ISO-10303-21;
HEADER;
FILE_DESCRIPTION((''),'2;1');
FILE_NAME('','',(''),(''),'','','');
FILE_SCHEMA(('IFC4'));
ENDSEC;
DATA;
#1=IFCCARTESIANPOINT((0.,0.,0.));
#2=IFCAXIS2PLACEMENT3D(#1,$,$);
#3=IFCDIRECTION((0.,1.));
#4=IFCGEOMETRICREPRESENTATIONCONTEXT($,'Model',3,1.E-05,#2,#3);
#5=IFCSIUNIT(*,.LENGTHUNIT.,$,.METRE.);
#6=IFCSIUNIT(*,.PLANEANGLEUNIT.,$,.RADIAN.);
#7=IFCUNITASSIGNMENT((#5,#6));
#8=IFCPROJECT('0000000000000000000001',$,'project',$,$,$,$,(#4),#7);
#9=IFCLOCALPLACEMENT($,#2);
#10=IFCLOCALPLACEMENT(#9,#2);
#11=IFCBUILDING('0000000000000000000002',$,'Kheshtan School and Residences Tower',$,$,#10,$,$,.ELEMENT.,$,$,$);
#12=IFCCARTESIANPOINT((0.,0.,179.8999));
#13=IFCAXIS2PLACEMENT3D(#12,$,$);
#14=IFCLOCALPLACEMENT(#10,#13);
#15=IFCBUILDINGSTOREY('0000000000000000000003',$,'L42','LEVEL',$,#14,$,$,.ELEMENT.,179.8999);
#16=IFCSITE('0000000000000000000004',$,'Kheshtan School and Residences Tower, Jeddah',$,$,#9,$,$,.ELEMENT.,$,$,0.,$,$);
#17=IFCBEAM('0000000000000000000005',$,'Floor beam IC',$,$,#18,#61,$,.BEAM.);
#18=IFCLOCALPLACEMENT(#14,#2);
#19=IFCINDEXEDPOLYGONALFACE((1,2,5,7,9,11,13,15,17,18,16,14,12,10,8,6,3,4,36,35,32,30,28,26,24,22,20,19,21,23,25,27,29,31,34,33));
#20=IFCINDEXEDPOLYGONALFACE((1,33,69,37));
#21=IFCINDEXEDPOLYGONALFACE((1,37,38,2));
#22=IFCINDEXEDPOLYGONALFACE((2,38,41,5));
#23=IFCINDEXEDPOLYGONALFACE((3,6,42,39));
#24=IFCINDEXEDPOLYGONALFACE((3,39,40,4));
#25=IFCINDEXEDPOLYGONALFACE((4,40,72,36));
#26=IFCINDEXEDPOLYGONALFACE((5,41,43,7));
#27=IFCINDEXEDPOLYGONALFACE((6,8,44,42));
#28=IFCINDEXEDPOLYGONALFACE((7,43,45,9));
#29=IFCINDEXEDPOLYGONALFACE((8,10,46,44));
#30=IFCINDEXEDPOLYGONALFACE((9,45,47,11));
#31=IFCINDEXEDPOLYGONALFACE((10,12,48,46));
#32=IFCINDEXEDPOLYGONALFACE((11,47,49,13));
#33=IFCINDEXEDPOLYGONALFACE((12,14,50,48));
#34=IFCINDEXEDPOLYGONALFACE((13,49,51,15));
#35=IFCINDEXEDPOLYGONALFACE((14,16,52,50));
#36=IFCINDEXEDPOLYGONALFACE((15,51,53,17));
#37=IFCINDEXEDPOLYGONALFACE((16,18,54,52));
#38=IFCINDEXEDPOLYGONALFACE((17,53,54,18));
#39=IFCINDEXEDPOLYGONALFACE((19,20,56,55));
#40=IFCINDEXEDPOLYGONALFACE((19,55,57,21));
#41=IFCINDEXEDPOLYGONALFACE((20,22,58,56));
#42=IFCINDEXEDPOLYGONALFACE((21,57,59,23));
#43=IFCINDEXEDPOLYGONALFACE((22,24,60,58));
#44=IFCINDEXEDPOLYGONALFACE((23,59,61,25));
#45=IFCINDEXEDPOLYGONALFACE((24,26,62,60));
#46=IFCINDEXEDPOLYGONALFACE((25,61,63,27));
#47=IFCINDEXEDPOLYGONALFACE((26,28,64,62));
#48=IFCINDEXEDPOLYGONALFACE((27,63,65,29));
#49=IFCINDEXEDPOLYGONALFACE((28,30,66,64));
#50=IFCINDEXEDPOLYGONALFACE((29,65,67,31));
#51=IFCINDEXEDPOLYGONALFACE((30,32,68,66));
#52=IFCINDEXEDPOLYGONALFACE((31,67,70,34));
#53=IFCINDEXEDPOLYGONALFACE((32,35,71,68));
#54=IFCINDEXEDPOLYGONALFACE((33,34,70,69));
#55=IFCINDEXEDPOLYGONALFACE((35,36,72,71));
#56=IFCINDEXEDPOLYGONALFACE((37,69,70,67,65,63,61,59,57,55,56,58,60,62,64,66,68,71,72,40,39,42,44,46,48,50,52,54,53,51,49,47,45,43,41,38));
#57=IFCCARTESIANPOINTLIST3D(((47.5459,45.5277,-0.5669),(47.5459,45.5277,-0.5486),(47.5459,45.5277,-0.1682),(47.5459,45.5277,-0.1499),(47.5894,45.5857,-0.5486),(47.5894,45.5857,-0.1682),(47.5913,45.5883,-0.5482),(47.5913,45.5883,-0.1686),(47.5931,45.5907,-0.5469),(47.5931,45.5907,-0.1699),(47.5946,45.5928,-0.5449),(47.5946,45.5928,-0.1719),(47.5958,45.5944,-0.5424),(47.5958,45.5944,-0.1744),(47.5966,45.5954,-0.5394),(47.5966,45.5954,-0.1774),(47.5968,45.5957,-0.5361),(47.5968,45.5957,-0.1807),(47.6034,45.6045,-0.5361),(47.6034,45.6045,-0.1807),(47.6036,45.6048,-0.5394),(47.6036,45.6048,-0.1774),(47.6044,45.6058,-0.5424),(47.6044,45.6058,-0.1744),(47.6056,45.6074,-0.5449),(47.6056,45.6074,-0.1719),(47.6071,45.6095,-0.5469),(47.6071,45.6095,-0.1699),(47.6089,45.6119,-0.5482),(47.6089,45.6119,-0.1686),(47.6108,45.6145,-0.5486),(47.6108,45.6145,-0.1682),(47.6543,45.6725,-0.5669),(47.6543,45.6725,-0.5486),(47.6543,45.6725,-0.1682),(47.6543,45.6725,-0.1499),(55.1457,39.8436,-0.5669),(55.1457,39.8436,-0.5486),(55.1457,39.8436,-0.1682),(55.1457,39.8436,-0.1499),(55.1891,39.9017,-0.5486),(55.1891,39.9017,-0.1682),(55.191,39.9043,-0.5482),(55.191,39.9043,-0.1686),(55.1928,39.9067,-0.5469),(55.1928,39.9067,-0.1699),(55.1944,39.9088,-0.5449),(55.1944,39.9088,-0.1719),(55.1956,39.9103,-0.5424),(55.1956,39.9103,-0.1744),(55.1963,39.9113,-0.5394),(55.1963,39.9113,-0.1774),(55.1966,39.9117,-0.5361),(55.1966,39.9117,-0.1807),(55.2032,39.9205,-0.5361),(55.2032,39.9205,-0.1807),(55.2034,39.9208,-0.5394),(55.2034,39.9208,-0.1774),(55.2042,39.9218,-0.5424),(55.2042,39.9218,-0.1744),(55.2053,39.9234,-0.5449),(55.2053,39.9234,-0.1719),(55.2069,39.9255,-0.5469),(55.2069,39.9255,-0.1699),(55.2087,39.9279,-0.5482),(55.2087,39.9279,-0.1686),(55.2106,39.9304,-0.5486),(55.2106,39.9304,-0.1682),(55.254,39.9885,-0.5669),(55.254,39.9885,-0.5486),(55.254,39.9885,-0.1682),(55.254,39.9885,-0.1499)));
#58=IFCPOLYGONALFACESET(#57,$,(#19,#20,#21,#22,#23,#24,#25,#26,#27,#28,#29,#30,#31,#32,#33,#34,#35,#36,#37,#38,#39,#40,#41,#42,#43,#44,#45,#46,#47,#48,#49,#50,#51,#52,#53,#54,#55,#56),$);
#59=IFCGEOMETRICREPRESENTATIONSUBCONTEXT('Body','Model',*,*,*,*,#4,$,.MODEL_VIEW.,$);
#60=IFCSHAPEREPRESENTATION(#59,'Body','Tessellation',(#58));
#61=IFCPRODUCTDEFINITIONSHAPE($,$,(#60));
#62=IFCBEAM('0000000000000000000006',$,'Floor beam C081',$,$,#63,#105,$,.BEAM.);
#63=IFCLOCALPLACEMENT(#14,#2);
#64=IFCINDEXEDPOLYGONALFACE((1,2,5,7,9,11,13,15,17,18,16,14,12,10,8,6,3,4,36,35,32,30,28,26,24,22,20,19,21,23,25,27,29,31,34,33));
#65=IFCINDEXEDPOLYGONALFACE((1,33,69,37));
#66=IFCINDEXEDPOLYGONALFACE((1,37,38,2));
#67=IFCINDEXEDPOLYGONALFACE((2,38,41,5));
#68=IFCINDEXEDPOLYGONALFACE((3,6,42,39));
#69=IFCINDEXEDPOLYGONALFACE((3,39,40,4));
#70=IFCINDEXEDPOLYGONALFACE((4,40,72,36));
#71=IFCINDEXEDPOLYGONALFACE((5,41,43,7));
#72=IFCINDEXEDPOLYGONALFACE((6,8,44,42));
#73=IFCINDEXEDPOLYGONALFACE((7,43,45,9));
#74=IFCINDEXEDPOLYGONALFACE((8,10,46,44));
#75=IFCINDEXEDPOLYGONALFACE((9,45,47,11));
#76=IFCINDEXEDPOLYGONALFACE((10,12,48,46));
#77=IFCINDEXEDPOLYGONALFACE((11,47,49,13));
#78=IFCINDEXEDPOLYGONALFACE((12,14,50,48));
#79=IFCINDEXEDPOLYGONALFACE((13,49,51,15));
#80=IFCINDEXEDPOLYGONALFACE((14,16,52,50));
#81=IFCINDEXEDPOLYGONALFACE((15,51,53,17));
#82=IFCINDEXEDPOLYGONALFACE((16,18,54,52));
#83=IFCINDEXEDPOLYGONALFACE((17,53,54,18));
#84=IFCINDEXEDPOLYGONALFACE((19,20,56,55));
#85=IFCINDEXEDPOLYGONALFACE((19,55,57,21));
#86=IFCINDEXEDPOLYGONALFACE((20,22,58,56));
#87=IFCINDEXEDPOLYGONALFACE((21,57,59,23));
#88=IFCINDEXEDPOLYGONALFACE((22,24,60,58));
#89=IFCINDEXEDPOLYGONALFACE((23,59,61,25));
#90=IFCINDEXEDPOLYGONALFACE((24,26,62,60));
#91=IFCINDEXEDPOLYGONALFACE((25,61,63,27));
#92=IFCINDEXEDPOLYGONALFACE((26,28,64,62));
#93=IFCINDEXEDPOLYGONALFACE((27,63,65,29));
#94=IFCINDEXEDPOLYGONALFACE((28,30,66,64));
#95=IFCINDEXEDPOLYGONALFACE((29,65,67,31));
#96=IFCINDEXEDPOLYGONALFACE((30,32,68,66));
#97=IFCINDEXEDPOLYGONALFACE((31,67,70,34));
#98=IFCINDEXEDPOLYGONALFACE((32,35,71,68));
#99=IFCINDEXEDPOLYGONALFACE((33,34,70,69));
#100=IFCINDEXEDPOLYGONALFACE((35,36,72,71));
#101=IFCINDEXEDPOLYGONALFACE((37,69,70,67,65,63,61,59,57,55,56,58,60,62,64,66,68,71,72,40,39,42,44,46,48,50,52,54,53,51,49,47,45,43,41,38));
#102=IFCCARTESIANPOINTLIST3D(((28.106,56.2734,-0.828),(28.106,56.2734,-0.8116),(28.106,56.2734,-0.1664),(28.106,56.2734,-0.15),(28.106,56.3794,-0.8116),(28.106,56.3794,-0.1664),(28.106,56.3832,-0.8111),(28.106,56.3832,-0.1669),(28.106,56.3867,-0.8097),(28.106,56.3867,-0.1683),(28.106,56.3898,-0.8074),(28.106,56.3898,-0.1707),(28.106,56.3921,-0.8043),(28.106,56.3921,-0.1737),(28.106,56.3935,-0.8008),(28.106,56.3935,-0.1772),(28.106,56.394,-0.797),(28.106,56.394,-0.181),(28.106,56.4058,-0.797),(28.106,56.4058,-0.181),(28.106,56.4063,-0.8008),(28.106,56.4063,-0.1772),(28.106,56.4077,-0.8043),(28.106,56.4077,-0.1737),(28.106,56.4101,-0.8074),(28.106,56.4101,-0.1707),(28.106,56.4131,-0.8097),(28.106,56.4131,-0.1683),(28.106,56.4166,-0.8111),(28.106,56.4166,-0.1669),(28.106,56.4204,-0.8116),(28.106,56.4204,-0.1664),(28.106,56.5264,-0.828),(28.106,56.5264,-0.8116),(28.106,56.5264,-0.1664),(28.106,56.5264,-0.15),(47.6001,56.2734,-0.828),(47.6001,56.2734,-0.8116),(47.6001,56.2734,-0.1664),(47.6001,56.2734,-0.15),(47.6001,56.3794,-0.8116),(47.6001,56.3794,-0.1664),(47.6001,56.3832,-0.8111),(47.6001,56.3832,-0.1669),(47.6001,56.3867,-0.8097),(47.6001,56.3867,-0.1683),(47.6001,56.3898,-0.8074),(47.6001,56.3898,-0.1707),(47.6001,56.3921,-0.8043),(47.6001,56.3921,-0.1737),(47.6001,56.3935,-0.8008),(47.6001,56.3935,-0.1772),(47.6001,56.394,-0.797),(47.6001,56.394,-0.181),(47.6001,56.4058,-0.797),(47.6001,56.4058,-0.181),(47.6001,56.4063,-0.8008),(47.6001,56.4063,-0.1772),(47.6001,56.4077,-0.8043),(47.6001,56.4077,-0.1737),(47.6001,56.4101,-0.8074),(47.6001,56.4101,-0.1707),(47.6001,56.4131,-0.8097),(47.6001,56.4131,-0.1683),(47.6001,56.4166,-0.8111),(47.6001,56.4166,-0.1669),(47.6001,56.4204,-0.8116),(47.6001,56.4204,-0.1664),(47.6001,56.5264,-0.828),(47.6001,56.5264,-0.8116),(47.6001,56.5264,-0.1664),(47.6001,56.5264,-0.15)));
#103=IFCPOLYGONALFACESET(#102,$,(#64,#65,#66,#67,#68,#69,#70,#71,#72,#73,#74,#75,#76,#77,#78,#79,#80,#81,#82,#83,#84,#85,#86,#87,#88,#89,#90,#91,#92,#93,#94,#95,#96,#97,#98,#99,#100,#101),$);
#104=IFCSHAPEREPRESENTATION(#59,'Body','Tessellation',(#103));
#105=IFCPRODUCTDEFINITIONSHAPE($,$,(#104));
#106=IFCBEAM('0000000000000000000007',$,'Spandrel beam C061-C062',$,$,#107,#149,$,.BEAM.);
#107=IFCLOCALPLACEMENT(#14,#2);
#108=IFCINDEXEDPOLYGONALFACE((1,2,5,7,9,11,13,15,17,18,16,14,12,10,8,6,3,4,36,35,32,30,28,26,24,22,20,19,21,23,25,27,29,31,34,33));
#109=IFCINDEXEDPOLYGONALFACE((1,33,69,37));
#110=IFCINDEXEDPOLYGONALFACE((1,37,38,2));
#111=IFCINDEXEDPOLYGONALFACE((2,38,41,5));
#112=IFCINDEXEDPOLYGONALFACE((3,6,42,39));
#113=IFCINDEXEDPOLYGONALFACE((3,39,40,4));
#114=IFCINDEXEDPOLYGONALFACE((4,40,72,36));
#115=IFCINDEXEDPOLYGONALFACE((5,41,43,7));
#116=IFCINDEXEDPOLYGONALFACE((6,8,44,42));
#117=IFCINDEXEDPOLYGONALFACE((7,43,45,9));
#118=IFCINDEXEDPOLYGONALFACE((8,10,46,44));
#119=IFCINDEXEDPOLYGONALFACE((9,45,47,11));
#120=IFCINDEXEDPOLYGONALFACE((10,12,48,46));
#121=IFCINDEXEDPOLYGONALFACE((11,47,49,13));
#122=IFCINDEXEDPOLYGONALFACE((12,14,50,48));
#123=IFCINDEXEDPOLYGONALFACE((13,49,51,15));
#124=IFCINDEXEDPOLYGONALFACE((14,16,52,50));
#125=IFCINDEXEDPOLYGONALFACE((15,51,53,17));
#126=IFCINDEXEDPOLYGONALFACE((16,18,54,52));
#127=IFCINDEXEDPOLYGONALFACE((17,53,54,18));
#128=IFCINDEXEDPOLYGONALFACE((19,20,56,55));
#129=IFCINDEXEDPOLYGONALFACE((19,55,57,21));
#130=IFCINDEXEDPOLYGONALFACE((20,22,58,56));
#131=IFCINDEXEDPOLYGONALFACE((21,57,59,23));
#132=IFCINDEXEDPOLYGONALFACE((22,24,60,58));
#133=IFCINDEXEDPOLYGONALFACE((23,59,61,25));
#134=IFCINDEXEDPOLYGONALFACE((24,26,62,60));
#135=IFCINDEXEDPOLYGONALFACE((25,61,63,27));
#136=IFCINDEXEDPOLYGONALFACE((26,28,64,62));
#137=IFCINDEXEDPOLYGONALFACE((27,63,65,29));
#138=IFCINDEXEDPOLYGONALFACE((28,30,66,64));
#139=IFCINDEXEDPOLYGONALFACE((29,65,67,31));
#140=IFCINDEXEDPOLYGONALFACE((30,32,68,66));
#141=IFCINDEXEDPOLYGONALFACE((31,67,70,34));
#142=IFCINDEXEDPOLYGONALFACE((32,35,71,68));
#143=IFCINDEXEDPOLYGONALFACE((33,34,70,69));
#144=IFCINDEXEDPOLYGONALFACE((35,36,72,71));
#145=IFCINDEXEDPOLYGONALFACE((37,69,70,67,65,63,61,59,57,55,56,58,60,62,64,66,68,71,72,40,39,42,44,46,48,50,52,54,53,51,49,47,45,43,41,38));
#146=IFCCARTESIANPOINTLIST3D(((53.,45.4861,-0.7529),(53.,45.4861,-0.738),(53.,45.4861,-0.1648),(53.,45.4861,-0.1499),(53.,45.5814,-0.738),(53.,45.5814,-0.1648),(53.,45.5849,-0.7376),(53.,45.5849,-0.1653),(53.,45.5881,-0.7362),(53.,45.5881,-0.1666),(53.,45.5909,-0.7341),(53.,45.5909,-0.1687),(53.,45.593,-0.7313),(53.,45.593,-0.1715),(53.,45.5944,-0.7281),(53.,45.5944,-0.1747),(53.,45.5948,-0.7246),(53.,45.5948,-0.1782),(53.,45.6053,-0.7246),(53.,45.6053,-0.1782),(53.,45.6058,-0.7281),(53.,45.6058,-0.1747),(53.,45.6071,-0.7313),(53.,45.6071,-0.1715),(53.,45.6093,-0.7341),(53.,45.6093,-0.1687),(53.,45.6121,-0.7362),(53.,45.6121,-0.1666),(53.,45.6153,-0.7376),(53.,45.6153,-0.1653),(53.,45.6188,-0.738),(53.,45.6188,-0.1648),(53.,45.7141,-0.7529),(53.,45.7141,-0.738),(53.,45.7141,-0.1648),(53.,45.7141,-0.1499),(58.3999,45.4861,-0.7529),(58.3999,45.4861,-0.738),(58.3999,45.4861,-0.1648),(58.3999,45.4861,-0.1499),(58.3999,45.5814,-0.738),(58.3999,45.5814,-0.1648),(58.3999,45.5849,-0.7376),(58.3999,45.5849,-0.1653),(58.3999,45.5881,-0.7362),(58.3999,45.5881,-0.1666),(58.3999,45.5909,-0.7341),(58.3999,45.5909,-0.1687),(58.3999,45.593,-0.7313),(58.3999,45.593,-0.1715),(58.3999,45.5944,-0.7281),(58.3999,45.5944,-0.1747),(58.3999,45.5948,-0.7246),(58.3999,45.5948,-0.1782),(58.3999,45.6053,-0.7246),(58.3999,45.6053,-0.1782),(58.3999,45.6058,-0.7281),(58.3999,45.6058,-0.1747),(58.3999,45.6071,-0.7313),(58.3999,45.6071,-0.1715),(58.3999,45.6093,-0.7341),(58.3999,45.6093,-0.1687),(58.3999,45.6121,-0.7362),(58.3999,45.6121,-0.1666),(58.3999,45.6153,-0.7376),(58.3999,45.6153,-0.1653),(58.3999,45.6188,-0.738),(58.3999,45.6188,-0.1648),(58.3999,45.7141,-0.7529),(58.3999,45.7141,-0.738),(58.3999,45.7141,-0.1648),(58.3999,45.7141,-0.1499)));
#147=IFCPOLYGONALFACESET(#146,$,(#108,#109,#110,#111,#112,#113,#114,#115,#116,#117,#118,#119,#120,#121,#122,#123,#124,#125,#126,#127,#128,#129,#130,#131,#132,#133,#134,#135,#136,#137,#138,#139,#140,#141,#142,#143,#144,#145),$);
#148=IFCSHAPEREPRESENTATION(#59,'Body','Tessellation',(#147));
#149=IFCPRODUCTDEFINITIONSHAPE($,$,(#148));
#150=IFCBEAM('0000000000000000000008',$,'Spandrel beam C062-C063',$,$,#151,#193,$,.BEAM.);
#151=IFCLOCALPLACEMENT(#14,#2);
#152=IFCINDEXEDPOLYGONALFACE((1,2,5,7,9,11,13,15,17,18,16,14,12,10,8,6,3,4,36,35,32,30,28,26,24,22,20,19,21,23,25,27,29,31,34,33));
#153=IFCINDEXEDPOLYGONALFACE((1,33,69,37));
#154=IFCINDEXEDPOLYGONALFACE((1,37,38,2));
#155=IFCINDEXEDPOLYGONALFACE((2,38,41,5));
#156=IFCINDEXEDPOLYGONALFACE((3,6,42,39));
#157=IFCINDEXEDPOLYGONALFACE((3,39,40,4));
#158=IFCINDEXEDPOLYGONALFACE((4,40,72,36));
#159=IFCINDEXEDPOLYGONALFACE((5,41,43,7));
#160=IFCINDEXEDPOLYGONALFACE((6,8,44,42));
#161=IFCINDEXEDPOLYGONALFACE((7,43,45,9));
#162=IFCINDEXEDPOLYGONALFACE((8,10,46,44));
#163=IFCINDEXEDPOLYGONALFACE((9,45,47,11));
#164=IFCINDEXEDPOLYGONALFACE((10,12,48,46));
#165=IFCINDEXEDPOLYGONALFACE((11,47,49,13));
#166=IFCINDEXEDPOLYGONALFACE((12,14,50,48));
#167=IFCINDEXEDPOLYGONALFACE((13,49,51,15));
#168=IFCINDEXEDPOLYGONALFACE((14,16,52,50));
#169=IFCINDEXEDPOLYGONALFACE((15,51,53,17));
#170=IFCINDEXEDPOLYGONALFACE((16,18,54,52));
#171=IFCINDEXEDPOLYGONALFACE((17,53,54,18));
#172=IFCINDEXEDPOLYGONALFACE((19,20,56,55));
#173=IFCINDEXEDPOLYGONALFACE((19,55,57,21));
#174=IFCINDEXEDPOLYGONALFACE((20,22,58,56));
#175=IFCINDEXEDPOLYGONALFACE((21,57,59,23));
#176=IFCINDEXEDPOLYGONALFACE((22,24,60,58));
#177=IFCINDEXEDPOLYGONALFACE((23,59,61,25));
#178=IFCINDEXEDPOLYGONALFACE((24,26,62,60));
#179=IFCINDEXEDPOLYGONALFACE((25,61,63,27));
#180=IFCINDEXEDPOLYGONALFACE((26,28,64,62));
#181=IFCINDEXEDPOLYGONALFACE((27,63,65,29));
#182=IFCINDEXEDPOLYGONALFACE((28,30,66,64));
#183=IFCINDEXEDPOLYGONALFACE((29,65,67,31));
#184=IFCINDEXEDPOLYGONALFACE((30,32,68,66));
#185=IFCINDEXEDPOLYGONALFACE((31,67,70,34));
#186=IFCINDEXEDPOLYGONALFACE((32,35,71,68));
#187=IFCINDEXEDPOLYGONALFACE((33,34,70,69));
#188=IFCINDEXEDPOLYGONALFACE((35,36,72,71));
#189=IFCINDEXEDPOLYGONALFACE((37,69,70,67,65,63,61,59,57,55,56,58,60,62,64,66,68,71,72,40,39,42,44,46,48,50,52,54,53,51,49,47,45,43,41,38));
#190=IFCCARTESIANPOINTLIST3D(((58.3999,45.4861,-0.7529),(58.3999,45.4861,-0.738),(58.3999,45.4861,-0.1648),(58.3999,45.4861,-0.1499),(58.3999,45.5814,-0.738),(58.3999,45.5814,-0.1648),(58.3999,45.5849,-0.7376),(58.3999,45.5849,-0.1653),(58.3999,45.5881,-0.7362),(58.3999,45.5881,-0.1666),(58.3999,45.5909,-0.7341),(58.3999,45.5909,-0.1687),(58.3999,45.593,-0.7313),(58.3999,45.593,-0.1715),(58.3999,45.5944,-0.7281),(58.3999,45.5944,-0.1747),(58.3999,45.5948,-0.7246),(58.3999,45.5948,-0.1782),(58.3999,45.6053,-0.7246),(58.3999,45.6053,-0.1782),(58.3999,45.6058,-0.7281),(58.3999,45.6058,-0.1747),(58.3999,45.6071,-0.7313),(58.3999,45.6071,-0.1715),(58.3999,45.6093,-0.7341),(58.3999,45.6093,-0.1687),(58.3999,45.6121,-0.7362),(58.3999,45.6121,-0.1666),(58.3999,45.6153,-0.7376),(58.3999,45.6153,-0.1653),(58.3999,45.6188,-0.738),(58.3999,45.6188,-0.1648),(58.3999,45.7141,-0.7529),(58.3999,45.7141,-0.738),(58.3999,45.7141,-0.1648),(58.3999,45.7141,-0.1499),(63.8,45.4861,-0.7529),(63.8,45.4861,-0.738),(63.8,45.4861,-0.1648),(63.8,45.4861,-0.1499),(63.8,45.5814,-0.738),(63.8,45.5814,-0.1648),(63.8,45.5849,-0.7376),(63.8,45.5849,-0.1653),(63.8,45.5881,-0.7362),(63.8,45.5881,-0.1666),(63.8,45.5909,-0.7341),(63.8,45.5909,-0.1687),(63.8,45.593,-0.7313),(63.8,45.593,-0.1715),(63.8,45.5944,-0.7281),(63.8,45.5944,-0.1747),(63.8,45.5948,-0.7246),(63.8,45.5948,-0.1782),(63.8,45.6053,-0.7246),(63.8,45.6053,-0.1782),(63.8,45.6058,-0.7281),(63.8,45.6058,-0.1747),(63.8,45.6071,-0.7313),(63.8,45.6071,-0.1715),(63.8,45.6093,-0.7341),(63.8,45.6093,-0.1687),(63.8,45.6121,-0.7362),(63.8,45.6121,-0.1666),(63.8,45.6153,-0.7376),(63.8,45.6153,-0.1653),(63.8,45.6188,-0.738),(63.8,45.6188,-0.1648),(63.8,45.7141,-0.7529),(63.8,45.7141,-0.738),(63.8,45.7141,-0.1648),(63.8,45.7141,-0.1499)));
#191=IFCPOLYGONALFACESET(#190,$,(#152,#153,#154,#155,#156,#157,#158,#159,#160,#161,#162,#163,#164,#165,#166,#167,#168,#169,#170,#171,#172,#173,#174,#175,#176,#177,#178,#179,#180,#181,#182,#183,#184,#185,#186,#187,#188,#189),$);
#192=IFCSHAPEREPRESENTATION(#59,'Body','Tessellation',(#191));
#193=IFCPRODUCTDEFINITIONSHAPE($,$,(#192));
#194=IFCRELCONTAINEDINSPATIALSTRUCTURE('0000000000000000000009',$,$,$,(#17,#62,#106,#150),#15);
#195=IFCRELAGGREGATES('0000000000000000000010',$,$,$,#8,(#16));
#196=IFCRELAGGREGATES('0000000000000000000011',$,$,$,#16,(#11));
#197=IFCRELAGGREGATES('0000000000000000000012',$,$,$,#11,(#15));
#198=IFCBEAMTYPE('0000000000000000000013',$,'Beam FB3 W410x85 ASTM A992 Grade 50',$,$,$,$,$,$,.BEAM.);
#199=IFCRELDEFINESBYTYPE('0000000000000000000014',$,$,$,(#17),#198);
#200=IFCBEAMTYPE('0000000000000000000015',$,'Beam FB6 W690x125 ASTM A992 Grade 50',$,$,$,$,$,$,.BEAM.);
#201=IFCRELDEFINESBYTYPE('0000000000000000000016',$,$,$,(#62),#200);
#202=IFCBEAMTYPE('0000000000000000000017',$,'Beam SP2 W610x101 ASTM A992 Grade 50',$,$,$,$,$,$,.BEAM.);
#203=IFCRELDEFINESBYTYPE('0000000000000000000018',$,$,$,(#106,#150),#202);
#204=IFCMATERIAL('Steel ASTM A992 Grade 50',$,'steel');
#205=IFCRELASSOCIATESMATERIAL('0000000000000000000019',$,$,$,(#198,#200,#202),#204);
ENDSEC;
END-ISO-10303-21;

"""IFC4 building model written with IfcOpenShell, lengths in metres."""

from ifc_helpers import new_model, si_unit, direction, frame, origin, origin_2d, place, context, subcontext, project, spatial, i_section, extrude, material, material_profile, profile_set, type_object, element, save


model = new_model("IFC4")

# Units and contexts
model_context = context("Model", 3, precision=1e-05, world=origin(), true_north=direction((0.0, 1.0)))
body_context = subcontext(model_context, "Body", "Model", "MODEL_VIEW")
ifc_project = project(units=[si_unit("LENGTHUNIT", "METRE"), si_unit("PLANEANGLEUNIT", "RADIAN")], contexts=[model_context])

# Site, building, storey
site_placement = place(None, origin())
site = spatial("IfcSite", under=ifc_project, at=site_placement, Name="Kheshtan School and Residences Tower, Jeddah", CompositionType="ELEMENT", RefElevation=0.0)
building_placement = place(site_placement, origin())
building = spatial("IfcBuilding", under=site, at=building_placement, Name="Kheshtan School and Residences Tower", CompositionType="ELEMENT")
storey_placement = place(building_placement, frame((0.0, 0.0, 179.8999)))
storey = spatial("IfcBuildingStorey", under=building, at=storey_placement, Name="L42", Description="LEVEL", CompositionType="ELEMENT", Elevation=179.8999)

# Shared definitions
ifc_material_1 = material(Name="Steel ASTM A992 Grade 50", Category="steel")

# Beams
ifc_material_profile_1 = material_profile(ifc_material_1, i_section(OverallWidth=0.1809, OverallDepth=0.417, WebThickness=0.011, FlangeThickness=0.0183, FilletRadius=0.0125, at=origin_2d()), Name="W410x85")
ifc_profile_set_1 = profile_set([ifc_material_profile_1], Name="Steel ASTM A992 Grade 50")
beam_type_1 = type_object("IfcBeamType", Name="Beam FB3 W410x85 ASTM A992 Grade 50", PredefinedType="BEAM", material=ifc_profile_set_1)
beam_1_placement = place(storey_placement, frame((47.6001, 45.6001, -0.3584), z_axis=(0.800799, -0.598933, 0.0), x_axis=(0.598933, 0.800799, 0.0)))
element("IfcBeam", 1, at=beam_1_placement, inside=storey, type_object=beam_type_1, Name="Floor beam IC", PredefinedType="BEAM", context=body_context, shape_type="SweptSolid", body=[
    extrude(i_section(OverallWidth=0.1809, OverallDepth=0.417, WebThickness=0.011, FlangeThickness=0.0183, FilletRadius=0.0125, at=origin_2d()), origin(), (0.0, 0.0, 1.0), 9.4902),
])
ifc_material_profile_2 = material_profile(ifc_material_1, i_section(OverallWidth=0.2529, OverallDepth=0.678, WebThickness=0.0117, FlangeThickness=0.0164, FilletRadius=0.0146, at=origin_2d()), Name="W690x125")
ifc_profile_set_2 = profile_set([ifc_material_profile_2], Name="Steel ASTM A992 Grade 50")
beam_type_2 = type_object("IfcBeamType", Name="Beam FB6 W690x125 ASTM A992 Grade 50", PredefinedType="BEAM", material=ifc_profile_set_2)
beam_2_placement = place(storey_placement, frame((47.6001, 56.3999, -0.489), z_axis=(-1.0, 0.0, 0.0), x_axis=(0.0, -1.0, 0.0)))
element("IfcBeam", 2, at=beam_2_placement, inside=storey, type_object=beam_type_2, Name="Floor beam C081", PredefinedType="BEAM", context=body_context, shape_type="SweptSolid", body=[
    extrude(i_section(OverallWidth=0.2529, OverallDepth=0.678, WebThickness=0.0117, FlangeThickness=0.0164, FilletRadius=0.0146, at=origin_2d()), origin(), (0.0, 0.0, 1.0), 19.4941),
])
ifc_material_profile_3 = material_profile(ifc_material_1, i_section(OverallWidth=0.228, OverallDepth=0.603, WebThickness=0.0105, FlangeThickness=0.0149, FilletRadius=0.0134, at=origin_2d()), Name="W610x101")
ifc_profile_set_3 = profile_set([ifc_material_profile_3], Name="Steel ASTM A992 Grade 50")
beam_type_3 = type_object("IfcBeamType", Name="Beam SP2 W610x101 ASTM A992 Grade 50", PredefinedType="BEAM", material=ifc_profile_set_3)
beam_3_placement = place(storey_placement, frame((53.0, 45.6001, -0.4514), z_axis=(1.0, 0.0, 0.0), x_axis=(0.0, 1.0, 0.0)))
element("IfcBeam", 3, at=beam_3_placement, inside=storey, type_object=beam_type_3, Name="Spandrel beam C061-C062", PredefinedType="BEAM", context=body_context, shape_type="SweptSolid", body=[
    extrude(i_section(OverallWidth=0.228, OverallDepth=0.603, WebThickness=0.0105, FlangeThickness=0.0149, FilletRadius=0.0134, at=origin_2d()), origin(), (0.0, 0.0, 1.0), 5.3999),
])
beam_4_placement = place(storey_placement, frame((58.3999, 45.6001, -0.4514), z_axis=(1.0, 0.0, 0.0), x_axis=(0.0, 1.0, 0.0)))
element("IfcBeam", 4, at=beam_4_placement, inside=storey, type_object=beam_type_3, Name="Spandrel beam C062-C063", PredefinedType="BEAM", context=body_context, shape_type="SweptSolid", body=[
    extrude(i_section(OverallWidth=0.228, OverallDepth=0.603, WebThickness=0.0105, FlangeThickness=0.0149, FilletRadius=0.0134, at=origin_2d()), origin(), (0.0, 0.0, 1.0), 5.4001),
])

save(model, "model.ifc")
